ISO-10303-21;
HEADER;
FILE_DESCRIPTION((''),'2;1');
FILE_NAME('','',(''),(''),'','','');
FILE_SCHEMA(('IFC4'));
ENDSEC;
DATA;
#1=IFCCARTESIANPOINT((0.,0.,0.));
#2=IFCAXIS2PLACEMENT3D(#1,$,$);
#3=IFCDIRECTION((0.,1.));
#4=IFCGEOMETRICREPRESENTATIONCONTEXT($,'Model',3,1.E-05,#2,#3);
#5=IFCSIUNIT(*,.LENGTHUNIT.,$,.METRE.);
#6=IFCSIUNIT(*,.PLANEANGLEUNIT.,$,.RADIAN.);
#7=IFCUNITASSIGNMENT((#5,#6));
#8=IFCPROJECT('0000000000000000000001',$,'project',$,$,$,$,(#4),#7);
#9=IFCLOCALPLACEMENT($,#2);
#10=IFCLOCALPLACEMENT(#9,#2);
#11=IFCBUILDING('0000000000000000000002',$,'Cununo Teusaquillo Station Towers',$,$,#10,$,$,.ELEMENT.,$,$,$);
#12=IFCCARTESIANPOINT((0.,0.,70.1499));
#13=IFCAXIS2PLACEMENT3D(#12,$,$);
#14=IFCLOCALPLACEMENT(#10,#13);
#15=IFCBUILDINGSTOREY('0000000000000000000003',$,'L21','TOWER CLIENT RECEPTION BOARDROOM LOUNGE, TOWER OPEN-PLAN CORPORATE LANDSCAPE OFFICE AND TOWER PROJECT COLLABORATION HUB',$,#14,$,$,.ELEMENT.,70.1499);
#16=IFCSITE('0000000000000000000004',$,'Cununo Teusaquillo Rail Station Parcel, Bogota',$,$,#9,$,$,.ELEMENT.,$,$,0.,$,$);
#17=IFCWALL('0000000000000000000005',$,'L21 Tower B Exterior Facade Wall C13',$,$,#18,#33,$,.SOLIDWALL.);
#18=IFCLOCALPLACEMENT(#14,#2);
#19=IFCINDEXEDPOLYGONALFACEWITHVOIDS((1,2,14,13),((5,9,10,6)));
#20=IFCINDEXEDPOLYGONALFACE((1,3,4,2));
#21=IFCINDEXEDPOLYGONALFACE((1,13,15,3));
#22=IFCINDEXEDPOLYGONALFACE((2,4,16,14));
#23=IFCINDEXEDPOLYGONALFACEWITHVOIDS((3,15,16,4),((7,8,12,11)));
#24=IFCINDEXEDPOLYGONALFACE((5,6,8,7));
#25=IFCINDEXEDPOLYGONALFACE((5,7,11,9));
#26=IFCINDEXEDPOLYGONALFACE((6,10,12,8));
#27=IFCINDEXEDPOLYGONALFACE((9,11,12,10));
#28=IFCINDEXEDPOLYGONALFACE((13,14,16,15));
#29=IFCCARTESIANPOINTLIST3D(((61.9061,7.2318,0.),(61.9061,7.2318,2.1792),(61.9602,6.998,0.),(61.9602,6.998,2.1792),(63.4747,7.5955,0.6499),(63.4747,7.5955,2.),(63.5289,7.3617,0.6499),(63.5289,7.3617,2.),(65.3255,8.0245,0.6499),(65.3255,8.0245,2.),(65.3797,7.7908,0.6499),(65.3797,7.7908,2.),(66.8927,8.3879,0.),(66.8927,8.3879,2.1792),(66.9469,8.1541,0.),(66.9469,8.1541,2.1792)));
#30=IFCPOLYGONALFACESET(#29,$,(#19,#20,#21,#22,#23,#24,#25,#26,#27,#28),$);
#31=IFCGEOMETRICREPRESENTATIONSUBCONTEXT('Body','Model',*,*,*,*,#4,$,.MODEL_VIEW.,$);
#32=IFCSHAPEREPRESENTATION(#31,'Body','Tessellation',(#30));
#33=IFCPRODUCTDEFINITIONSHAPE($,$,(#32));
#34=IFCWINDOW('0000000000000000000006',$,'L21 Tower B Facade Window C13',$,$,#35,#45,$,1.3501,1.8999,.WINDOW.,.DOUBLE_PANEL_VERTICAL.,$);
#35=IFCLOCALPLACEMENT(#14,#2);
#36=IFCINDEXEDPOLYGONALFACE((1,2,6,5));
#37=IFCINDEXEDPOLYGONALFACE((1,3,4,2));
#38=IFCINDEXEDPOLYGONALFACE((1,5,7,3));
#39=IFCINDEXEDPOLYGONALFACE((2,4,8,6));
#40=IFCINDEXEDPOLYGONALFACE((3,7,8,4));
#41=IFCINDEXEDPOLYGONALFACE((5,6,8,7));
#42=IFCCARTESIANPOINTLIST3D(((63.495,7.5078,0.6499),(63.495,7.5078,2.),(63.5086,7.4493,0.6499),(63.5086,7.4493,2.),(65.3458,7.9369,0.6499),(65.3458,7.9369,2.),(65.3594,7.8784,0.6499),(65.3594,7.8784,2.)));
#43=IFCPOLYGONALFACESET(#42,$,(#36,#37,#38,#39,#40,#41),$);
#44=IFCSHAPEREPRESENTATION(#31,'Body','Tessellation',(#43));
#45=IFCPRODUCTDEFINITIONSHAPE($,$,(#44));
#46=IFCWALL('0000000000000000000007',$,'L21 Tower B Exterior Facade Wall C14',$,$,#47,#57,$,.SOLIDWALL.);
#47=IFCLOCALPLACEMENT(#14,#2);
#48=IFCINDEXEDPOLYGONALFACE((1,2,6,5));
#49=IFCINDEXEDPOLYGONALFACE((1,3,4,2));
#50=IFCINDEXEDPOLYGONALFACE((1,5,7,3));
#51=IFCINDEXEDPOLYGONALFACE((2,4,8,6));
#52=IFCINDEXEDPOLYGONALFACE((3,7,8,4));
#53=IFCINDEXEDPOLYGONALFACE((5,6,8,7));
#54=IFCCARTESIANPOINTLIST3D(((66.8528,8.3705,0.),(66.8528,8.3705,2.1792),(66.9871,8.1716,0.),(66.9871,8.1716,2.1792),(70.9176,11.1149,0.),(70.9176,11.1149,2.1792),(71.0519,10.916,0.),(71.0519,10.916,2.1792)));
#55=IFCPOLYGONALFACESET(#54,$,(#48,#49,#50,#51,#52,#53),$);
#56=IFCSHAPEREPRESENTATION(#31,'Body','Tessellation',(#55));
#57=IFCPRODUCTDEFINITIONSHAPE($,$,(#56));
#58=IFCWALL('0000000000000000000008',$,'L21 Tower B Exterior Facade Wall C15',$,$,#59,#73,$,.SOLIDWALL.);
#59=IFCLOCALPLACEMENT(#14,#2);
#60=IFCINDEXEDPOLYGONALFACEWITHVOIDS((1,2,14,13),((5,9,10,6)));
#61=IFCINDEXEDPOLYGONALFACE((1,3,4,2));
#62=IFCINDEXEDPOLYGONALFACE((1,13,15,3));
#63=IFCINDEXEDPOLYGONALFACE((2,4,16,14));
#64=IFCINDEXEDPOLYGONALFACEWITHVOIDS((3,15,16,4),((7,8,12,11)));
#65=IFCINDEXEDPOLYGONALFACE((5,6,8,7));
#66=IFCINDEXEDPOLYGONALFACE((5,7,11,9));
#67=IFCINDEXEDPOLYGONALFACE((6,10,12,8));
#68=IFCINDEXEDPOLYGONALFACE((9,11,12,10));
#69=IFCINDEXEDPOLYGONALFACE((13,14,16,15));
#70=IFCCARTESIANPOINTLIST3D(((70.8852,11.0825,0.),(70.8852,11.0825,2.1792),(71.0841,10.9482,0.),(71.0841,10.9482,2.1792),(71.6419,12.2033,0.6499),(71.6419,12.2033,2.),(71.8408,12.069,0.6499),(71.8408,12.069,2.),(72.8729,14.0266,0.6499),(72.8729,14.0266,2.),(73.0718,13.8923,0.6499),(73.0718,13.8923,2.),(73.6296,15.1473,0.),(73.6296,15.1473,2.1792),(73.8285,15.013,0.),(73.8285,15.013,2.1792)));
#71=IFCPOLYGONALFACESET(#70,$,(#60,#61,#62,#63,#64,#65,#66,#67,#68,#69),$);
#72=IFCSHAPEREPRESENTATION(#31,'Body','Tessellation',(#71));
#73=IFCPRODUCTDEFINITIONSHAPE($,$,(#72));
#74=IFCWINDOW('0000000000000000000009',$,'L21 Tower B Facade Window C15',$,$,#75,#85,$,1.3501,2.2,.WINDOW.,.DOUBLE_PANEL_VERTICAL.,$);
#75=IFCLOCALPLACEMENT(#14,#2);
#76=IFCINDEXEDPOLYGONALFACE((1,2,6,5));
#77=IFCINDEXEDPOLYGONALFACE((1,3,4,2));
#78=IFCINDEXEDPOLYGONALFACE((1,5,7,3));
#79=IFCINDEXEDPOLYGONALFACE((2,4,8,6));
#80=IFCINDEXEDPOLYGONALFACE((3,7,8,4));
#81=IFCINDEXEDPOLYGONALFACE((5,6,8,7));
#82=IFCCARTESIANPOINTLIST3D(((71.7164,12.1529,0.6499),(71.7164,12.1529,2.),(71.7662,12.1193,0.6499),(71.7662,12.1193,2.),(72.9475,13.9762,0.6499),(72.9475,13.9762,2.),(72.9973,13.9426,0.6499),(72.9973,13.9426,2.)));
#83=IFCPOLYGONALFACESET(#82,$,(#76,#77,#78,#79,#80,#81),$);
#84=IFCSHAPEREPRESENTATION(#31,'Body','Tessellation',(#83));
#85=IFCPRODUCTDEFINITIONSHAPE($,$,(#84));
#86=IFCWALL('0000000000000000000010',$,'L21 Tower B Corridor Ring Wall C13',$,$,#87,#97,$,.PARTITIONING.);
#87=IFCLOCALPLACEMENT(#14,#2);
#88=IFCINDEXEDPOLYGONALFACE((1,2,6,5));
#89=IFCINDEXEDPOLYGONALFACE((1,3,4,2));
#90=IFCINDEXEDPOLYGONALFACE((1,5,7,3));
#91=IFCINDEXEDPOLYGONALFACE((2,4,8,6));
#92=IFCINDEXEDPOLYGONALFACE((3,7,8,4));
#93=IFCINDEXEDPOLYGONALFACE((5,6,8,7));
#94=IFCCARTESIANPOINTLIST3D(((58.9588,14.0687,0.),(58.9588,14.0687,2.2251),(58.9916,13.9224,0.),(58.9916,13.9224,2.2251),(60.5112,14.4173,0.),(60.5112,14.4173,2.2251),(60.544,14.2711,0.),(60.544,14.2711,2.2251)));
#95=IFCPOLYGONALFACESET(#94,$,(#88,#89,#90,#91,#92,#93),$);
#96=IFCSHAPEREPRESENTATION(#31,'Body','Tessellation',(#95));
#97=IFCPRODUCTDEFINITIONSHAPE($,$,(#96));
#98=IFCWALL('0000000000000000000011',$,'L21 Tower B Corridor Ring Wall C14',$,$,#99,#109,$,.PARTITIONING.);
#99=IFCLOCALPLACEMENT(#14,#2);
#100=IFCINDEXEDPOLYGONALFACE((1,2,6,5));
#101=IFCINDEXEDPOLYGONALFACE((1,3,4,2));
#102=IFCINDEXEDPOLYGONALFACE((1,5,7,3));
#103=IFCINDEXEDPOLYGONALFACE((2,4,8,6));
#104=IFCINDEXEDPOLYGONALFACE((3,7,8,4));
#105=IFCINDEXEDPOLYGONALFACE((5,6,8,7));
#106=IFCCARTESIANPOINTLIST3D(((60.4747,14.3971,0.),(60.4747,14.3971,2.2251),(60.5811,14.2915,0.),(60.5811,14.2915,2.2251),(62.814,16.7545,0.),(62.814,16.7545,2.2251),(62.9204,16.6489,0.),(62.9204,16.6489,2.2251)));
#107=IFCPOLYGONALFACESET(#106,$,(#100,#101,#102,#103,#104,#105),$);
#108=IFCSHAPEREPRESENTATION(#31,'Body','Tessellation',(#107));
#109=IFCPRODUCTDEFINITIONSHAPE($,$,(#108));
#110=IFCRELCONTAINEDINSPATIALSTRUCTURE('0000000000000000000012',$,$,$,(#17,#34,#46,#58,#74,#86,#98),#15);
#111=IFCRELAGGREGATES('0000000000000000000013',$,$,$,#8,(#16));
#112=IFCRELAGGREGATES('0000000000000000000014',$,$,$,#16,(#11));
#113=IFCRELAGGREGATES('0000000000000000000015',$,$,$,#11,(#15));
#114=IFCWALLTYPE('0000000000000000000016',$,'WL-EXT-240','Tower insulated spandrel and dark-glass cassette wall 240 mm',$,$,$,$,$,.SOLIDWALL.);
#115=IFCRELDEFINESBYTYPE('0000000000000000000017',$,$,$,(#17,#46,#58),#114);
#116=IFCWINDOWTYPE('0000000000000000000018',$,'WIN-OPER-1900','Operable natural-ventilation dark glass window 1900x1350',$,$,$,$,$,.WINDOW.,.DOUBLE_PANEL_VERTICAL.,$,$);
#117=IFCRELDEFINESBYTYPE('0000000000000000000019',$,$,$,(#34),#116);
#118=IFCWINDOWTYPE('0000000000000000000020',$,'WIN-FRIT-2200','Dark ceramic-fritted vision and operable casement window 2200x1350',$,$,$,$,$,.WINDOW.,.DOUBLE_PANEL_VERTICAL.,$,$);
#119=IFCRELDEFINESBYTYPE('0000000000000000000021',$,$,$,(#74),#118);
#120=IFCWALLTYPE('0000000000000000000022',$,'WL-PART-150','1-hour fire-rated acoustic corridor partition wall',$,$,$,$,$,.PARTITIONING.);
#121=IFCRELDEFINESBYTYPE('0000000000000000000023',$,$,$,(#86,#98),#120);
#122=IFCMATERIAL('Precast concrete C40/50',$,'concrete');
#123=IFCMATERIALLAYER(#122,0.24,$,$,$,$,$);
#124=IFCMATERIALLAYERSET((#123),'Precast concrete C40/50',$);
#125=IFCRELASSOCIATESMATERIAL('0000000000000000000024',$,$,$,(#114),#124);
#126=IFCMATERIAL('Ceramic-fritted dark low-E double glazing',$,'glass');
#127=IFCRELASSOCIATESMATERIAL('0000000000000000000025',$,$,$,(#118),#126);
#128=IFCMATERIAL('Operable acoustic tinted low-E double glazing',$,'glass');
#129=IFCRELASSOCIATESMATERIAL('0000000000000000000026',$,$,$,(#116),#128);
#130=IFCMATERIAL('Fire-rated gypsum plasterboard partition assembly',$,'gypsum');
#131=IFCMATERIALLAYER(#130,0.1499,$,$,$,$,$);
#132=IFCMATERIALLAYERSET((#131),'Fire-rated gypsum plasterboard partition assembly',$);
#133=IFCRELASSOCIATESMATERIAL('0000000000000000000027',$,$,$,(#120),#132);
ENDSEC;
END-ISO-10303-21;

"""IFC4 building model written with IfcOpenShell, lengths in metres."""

from ifc_helpers import new_model, si_unit, direction, frame, frame_2d, origin, place, context, subcontext, project, spatial, rectangle, extrude, source, transform, mapped, material, layer, layer_set, type_object, element, fill, save


model = new_model("IFC4")

# Units and contexts
model_context = context("Model", 3, precision=1e-05, world=origin(), true_north=direction((0.0, 1.0)))
body_context = subcontext(model_context, "Body", "Model", "MODEL_VIEW")
ifc_project = project(units=[si_unit("LENGTHUNIT", "METRE"), si_unit("PLANEANGLEUNIT", "RADIAN")], contexts=[model_context])

# Site, building, storey
site_placement = place(None, origin())
site = spatial("IfcSite", under=ifc_project, at=site_placement, Name="Cununo Teusaquillo Rail Station Parcel, Bogota", CompositionType="ELEMENT", RefElevation=0.0)
building_placement = place(site_placement, origin())
building = spatial("IfcBuilding", under=site, at=building_placement, Name="Cununo Teusaquillo Station Towers", CompositionType="ELEMENT")
storey_placement = place(building_placement, frame((0.0, 0.0, 70.1499)))
storey = spatial("IfcBuildingStorey", under=building, at=storey_placement, Name="L21", Description="TOWER CLIENT RECEPTION BOARDROOM LOUNGE, TOWER OPEN-PLAN CORPORATE LANDSCAPE OFFICE AND TOWER PROJECT COLLABORATION HUB", CompositionType="ELEMENT", Elevation=70.1499)

# Wall, opening, window
ifc_material_1 = material(Name="Precast concrete C40/50", Category="concrete")
ifc_layer_1 = layer(ifc_material_1, 0.24)
ifc_layer_set_1 = layer_set([ifc_layer_1], Name="Precast concrete C40/50")
wall_type_1 = type_object("IfcWallType", Name="WL-EXT-240", Description="Tower insulated spandrel and dark-glass cassette wall 240 mm", PredefinedType="SOLIDWALL", material=ifc_layer_set_1)
shared_shape_1 = source(origin(), body_context, "Body", "SweptSolid", [
    extrude(rectangle(XDim=2.2, YDim=1.3501, at=frame_2d((1.1001, 0.675))), frame((0.0, 0.1299, 0.0), z_axis=(0.0, -1.0, 0.0), x_axis=(1.0, 0.0, 0.0)), (0.0, 0.0, 1.0), 0.26),
])
ifc_material_2 = material(Name="Ceramic-fritted dark low-E double glazing", Category="glass")
window_type_1 = type_object("IfcWindowType", Name="WIN-FRIT-2200", Description="Dark ceramic-fritted vision and operable casement window 2200x1350", PartitioningType="DOUBLE_PANEL_VERTICAL", PredefinedType="WINDOW", material=ifc_material_2)
shared_shape_2 = source(origin(), body_context, "Body", "SweptSolid", [
    extrude(rectangle(XDim=2.2, YDim=1.3501, at=frame_2d((1.1001, 0.675))), frame((0.0, 0.03, 0.0), z_axis=(0.0, -1.0, 0.0), x_axis=(1.0, 0.0, 0.0)), (0.0, 0.0, 1.0), 0.0601),
])
wall_1_placement = place(storey_placement, frame((66.9199, 8.271, 0.0), z_axis=(0.0, 0.0, 1.0), x_axis=(-0.974166, -0.225835, 0.0)))
wall_1 = element("IfcWall", 1, at=wall_1_placement, inside=storey, type_object=wall_type_1, Name="L21 Tower B Exterior Facade Wall C13", PredefinedType="SOLIDWALL", context=body_context, shape_type="SweptSolid", body=[
    extrude(rectangle(XDim=5.1189, YDim=0.24, at=frame_2d((2.5596, 0.0))), origin(), (0.0, 0.0, 1.0), 2.1792),
])
shared_shape_3 = source(origin(), body_context, "Body", "SweptSolid", [
    extrude(rectangle(XDim=1.8999, YDim=1.3501, at=frame_2d((0.95, 0.675))), frame((0.0, 0.1299, 0.0), z_axis=(0.0, -1.0, 0.0), x_axis=(1.0, 0.0, 0.0)), (0.0, 0.0, 1.0), 0.26),
])
opening_1_placement = place(wall_1_placement, frame((1.6089, 0.0, 0.6499)))
opening_1 = element("IfcOpeningElement", 2, at=opening_1_placement, cuts=wall_1, PredefinedType="OPENING", context=body_context, shape_type="MappedRepresentation", body=[
    mapped(shared_shape_3, transform((0.0, 0.0, 0.0), x_axis=(1.0, 0.0, 0.0), y_axis=(0.0, 1.0, 0.0), z_axis=(0.0, 0.0, 1.0), scale=1.0)),
])
ifc_material_3 = material(Name="Operable acoustic tinted low-E double glazing", Category="glass")
window_type_2 = type_object("IfcWindowType", Name="WIN-OPER-1900", Description="Operable natural-ventilation dark glass window 1900x1350", PartitioningType="DOUBLE_PANEL_VERTICAL", PredefinedType="WINDOW", material=ifc_material_3)
shared_shape_4 = source(origin(), body_context, "Body", "SweptSolid", [
    extrude(rectangle(XDim=1.8999, YDim=1.3501, at=frame_2d((0.95, 0.675))), frame((0.0, 0.03, 0.0), z_axis=(0.0, -1.0, 0.0), x_axis=(1.0, 0.0, 0.0)), (0.0, 0.0, 1.0), 0.0601),
])
window_1_placement = place(opening_1_placement, origin())
window_1 = element("IfcWindow", 3, at=window_1_placement, inside=storey, type_object=window_type_2, Name="L21 Tower B Facade Window C13", OverallHeight=1.3501, OverallWidth=1.8999, PartitioningType="DOUBLE_PANEL_VERTICAL", PredefinedType="WINDOW", context=body_context, shape_type="MappedRepresentation", body=[
    mapped(shared_shape_4, transform((0.0, 0.0, 0.0), x_axis=(1.0, 0.0, 0.0), y_axis=(0.0, 1.0, 0.0), z_axis=(0.0, 0.0, 1.0), scale=1.0)),
])
fill(opening_1, window_1)

# Wall
wall_2_placement = place(storey_placement, frame((70.9846, 11.0154, 0.0), z_axis=(0.0, 0.0, 1.0), x_axis=(-0.828781, -0.559573, 0.0)))
element("IfcWall", 4, at=wall_2_placement, inside=storey, type_object=wall_type_1, Name="L21 Tower B Exterior Facade Wall C14", PredefinedType="SOLIDWALL", context=body_context, shape_type="SweptSolid", body=[
    extrude(rectangle(XDim=4.9045, YDim=0.24, at=frame_2d((2.4521, 0.0))), origin(), (0.0, 0.0, 1.0), 2.1792),
])

# Wall, opening, window
wall_3_placement = place(storey_placement, frame((73.729, 15.0801, 0.0), z_axis=(0.0, 0.0, 1.0), x_axis=(-0.559573, -0.828781, 0.0)))
wall_3 = element("IfcWall", 5, at=wall_3_placement, inside=storey, type_object=wall_type_1, Name="L21 Tower B Exterior Facade Wall C15", PredefinedType="SOLIDWALL", context=body_context, shape_type="SweptSolid", body=[
    extrude(rectangle(XDim=4.9045, YDim=0.24, at=frame_2d((2.4521, 0.0))), origin(), (0.0, 0.0, 1.0), 2.1792),
])
opening_2_placement = place(wall_3_placement, frame((1.3521, 0.0, 0.6499)))
opening_2 = element("IfcOpeningElement", 6, at=opening_2_placement, cuts=wall_3, PredefinedType="OPENING", context=body_context, shape_type="MappedRepresentation", body=[
    mapped(shared_shape_1, transform((0.0, 0.0, 0.0), x_axis=(1.0, 0.0, 0.0), y_axis=(0.0, 1.0, 0.0), z_axis=(0.0, 0.0, 1.0), scale=1.0)),
])
window_2_placement = place(opening_2_placement, origin())
window_2 = element("IfcWindow", 7, at=window_2_placement, inside=storey, type_object=window_type_1, Name="L21 Tower B Facade Window C15", OverallHeight=1.3501, OverallWidth=2.2, PartitioningType="DOUBLE_PANEL_VERTICAL", PredefinedType="WINDOW", context=body_context, shape_type="MappedRepresentation", body=[
    mapped(shared_shape_2, transform((0.0, 0.0, 0.0), x_axis=(1.0, 0.0, 0.0), y_axis=(0.0, 1.0, 0.0), z_axis=(0.0, 0.0, 1.0), scale=1.0)),
])
fill(opening_2, window_2)

# Walls
ifc_material_4 = material(Name="Fire-rated gypsum plasterboard partition assembly", Category="gypsum")
ifc_layer_2 = layer(ifc_material_4, 0.1499)
ifc_layer_set_2 = layer_set([ifc_layer_2], Name="Fire-rated gypsum plasterboard partition assembly")
wall_type_2 = type_object("IfcWallType", Name="WL-PART-150", Description="1-hour fire-rated acoustic corridor partition wall", PredefinedType="PARTITIONING", material=ifc_layer_set_2)
wall_4_placement = place(storey_placement, frame((58.9753, 13.9956, 0.0), z_axis=(0.0, 0.0, 1.0), x_axis=(0.975701, 0.219107, 0.0)))
element("IfcWall", 8, at=wall_4_placement, inside=storey, type_object=wall_type_2, Name="L21 Tower B Corridor Ring Wall C13", PredefinedType="PARTITIONING", context=body_context, shape_type="SweptSolid", body=[
    extrude(rectangle(XDim=1.5911, YDim=0.1499, at=frame_2d((0.7954, 0.0))), origin(), (0.0, 0.0, 1.0), 2.2251),
])
wall_5_placement = place(storey_placement, frame((60.5278, 14.3442, 0.0), z_axis=(0.0, 0.0, 1.0), x_axis=(0.704382, 0.709821, 0.0)))
element("IfcWall", 9, at=wall_5_placement, inside=storey, type_object=wall_type_2, Name="L21 Tower B Corridor Ring Wall C14", PredefinedType="PARTITIONING", context=body_context, shape_type="SweptSolid", body=[
    extrude(rectangle(XDim=3.321, YDim=0.1499, at=frame_2d((1.6606, 0.0))), origin(), (0.0, 0.0, 1.0), 2.2251),
])

save(model, "model.ifc")
